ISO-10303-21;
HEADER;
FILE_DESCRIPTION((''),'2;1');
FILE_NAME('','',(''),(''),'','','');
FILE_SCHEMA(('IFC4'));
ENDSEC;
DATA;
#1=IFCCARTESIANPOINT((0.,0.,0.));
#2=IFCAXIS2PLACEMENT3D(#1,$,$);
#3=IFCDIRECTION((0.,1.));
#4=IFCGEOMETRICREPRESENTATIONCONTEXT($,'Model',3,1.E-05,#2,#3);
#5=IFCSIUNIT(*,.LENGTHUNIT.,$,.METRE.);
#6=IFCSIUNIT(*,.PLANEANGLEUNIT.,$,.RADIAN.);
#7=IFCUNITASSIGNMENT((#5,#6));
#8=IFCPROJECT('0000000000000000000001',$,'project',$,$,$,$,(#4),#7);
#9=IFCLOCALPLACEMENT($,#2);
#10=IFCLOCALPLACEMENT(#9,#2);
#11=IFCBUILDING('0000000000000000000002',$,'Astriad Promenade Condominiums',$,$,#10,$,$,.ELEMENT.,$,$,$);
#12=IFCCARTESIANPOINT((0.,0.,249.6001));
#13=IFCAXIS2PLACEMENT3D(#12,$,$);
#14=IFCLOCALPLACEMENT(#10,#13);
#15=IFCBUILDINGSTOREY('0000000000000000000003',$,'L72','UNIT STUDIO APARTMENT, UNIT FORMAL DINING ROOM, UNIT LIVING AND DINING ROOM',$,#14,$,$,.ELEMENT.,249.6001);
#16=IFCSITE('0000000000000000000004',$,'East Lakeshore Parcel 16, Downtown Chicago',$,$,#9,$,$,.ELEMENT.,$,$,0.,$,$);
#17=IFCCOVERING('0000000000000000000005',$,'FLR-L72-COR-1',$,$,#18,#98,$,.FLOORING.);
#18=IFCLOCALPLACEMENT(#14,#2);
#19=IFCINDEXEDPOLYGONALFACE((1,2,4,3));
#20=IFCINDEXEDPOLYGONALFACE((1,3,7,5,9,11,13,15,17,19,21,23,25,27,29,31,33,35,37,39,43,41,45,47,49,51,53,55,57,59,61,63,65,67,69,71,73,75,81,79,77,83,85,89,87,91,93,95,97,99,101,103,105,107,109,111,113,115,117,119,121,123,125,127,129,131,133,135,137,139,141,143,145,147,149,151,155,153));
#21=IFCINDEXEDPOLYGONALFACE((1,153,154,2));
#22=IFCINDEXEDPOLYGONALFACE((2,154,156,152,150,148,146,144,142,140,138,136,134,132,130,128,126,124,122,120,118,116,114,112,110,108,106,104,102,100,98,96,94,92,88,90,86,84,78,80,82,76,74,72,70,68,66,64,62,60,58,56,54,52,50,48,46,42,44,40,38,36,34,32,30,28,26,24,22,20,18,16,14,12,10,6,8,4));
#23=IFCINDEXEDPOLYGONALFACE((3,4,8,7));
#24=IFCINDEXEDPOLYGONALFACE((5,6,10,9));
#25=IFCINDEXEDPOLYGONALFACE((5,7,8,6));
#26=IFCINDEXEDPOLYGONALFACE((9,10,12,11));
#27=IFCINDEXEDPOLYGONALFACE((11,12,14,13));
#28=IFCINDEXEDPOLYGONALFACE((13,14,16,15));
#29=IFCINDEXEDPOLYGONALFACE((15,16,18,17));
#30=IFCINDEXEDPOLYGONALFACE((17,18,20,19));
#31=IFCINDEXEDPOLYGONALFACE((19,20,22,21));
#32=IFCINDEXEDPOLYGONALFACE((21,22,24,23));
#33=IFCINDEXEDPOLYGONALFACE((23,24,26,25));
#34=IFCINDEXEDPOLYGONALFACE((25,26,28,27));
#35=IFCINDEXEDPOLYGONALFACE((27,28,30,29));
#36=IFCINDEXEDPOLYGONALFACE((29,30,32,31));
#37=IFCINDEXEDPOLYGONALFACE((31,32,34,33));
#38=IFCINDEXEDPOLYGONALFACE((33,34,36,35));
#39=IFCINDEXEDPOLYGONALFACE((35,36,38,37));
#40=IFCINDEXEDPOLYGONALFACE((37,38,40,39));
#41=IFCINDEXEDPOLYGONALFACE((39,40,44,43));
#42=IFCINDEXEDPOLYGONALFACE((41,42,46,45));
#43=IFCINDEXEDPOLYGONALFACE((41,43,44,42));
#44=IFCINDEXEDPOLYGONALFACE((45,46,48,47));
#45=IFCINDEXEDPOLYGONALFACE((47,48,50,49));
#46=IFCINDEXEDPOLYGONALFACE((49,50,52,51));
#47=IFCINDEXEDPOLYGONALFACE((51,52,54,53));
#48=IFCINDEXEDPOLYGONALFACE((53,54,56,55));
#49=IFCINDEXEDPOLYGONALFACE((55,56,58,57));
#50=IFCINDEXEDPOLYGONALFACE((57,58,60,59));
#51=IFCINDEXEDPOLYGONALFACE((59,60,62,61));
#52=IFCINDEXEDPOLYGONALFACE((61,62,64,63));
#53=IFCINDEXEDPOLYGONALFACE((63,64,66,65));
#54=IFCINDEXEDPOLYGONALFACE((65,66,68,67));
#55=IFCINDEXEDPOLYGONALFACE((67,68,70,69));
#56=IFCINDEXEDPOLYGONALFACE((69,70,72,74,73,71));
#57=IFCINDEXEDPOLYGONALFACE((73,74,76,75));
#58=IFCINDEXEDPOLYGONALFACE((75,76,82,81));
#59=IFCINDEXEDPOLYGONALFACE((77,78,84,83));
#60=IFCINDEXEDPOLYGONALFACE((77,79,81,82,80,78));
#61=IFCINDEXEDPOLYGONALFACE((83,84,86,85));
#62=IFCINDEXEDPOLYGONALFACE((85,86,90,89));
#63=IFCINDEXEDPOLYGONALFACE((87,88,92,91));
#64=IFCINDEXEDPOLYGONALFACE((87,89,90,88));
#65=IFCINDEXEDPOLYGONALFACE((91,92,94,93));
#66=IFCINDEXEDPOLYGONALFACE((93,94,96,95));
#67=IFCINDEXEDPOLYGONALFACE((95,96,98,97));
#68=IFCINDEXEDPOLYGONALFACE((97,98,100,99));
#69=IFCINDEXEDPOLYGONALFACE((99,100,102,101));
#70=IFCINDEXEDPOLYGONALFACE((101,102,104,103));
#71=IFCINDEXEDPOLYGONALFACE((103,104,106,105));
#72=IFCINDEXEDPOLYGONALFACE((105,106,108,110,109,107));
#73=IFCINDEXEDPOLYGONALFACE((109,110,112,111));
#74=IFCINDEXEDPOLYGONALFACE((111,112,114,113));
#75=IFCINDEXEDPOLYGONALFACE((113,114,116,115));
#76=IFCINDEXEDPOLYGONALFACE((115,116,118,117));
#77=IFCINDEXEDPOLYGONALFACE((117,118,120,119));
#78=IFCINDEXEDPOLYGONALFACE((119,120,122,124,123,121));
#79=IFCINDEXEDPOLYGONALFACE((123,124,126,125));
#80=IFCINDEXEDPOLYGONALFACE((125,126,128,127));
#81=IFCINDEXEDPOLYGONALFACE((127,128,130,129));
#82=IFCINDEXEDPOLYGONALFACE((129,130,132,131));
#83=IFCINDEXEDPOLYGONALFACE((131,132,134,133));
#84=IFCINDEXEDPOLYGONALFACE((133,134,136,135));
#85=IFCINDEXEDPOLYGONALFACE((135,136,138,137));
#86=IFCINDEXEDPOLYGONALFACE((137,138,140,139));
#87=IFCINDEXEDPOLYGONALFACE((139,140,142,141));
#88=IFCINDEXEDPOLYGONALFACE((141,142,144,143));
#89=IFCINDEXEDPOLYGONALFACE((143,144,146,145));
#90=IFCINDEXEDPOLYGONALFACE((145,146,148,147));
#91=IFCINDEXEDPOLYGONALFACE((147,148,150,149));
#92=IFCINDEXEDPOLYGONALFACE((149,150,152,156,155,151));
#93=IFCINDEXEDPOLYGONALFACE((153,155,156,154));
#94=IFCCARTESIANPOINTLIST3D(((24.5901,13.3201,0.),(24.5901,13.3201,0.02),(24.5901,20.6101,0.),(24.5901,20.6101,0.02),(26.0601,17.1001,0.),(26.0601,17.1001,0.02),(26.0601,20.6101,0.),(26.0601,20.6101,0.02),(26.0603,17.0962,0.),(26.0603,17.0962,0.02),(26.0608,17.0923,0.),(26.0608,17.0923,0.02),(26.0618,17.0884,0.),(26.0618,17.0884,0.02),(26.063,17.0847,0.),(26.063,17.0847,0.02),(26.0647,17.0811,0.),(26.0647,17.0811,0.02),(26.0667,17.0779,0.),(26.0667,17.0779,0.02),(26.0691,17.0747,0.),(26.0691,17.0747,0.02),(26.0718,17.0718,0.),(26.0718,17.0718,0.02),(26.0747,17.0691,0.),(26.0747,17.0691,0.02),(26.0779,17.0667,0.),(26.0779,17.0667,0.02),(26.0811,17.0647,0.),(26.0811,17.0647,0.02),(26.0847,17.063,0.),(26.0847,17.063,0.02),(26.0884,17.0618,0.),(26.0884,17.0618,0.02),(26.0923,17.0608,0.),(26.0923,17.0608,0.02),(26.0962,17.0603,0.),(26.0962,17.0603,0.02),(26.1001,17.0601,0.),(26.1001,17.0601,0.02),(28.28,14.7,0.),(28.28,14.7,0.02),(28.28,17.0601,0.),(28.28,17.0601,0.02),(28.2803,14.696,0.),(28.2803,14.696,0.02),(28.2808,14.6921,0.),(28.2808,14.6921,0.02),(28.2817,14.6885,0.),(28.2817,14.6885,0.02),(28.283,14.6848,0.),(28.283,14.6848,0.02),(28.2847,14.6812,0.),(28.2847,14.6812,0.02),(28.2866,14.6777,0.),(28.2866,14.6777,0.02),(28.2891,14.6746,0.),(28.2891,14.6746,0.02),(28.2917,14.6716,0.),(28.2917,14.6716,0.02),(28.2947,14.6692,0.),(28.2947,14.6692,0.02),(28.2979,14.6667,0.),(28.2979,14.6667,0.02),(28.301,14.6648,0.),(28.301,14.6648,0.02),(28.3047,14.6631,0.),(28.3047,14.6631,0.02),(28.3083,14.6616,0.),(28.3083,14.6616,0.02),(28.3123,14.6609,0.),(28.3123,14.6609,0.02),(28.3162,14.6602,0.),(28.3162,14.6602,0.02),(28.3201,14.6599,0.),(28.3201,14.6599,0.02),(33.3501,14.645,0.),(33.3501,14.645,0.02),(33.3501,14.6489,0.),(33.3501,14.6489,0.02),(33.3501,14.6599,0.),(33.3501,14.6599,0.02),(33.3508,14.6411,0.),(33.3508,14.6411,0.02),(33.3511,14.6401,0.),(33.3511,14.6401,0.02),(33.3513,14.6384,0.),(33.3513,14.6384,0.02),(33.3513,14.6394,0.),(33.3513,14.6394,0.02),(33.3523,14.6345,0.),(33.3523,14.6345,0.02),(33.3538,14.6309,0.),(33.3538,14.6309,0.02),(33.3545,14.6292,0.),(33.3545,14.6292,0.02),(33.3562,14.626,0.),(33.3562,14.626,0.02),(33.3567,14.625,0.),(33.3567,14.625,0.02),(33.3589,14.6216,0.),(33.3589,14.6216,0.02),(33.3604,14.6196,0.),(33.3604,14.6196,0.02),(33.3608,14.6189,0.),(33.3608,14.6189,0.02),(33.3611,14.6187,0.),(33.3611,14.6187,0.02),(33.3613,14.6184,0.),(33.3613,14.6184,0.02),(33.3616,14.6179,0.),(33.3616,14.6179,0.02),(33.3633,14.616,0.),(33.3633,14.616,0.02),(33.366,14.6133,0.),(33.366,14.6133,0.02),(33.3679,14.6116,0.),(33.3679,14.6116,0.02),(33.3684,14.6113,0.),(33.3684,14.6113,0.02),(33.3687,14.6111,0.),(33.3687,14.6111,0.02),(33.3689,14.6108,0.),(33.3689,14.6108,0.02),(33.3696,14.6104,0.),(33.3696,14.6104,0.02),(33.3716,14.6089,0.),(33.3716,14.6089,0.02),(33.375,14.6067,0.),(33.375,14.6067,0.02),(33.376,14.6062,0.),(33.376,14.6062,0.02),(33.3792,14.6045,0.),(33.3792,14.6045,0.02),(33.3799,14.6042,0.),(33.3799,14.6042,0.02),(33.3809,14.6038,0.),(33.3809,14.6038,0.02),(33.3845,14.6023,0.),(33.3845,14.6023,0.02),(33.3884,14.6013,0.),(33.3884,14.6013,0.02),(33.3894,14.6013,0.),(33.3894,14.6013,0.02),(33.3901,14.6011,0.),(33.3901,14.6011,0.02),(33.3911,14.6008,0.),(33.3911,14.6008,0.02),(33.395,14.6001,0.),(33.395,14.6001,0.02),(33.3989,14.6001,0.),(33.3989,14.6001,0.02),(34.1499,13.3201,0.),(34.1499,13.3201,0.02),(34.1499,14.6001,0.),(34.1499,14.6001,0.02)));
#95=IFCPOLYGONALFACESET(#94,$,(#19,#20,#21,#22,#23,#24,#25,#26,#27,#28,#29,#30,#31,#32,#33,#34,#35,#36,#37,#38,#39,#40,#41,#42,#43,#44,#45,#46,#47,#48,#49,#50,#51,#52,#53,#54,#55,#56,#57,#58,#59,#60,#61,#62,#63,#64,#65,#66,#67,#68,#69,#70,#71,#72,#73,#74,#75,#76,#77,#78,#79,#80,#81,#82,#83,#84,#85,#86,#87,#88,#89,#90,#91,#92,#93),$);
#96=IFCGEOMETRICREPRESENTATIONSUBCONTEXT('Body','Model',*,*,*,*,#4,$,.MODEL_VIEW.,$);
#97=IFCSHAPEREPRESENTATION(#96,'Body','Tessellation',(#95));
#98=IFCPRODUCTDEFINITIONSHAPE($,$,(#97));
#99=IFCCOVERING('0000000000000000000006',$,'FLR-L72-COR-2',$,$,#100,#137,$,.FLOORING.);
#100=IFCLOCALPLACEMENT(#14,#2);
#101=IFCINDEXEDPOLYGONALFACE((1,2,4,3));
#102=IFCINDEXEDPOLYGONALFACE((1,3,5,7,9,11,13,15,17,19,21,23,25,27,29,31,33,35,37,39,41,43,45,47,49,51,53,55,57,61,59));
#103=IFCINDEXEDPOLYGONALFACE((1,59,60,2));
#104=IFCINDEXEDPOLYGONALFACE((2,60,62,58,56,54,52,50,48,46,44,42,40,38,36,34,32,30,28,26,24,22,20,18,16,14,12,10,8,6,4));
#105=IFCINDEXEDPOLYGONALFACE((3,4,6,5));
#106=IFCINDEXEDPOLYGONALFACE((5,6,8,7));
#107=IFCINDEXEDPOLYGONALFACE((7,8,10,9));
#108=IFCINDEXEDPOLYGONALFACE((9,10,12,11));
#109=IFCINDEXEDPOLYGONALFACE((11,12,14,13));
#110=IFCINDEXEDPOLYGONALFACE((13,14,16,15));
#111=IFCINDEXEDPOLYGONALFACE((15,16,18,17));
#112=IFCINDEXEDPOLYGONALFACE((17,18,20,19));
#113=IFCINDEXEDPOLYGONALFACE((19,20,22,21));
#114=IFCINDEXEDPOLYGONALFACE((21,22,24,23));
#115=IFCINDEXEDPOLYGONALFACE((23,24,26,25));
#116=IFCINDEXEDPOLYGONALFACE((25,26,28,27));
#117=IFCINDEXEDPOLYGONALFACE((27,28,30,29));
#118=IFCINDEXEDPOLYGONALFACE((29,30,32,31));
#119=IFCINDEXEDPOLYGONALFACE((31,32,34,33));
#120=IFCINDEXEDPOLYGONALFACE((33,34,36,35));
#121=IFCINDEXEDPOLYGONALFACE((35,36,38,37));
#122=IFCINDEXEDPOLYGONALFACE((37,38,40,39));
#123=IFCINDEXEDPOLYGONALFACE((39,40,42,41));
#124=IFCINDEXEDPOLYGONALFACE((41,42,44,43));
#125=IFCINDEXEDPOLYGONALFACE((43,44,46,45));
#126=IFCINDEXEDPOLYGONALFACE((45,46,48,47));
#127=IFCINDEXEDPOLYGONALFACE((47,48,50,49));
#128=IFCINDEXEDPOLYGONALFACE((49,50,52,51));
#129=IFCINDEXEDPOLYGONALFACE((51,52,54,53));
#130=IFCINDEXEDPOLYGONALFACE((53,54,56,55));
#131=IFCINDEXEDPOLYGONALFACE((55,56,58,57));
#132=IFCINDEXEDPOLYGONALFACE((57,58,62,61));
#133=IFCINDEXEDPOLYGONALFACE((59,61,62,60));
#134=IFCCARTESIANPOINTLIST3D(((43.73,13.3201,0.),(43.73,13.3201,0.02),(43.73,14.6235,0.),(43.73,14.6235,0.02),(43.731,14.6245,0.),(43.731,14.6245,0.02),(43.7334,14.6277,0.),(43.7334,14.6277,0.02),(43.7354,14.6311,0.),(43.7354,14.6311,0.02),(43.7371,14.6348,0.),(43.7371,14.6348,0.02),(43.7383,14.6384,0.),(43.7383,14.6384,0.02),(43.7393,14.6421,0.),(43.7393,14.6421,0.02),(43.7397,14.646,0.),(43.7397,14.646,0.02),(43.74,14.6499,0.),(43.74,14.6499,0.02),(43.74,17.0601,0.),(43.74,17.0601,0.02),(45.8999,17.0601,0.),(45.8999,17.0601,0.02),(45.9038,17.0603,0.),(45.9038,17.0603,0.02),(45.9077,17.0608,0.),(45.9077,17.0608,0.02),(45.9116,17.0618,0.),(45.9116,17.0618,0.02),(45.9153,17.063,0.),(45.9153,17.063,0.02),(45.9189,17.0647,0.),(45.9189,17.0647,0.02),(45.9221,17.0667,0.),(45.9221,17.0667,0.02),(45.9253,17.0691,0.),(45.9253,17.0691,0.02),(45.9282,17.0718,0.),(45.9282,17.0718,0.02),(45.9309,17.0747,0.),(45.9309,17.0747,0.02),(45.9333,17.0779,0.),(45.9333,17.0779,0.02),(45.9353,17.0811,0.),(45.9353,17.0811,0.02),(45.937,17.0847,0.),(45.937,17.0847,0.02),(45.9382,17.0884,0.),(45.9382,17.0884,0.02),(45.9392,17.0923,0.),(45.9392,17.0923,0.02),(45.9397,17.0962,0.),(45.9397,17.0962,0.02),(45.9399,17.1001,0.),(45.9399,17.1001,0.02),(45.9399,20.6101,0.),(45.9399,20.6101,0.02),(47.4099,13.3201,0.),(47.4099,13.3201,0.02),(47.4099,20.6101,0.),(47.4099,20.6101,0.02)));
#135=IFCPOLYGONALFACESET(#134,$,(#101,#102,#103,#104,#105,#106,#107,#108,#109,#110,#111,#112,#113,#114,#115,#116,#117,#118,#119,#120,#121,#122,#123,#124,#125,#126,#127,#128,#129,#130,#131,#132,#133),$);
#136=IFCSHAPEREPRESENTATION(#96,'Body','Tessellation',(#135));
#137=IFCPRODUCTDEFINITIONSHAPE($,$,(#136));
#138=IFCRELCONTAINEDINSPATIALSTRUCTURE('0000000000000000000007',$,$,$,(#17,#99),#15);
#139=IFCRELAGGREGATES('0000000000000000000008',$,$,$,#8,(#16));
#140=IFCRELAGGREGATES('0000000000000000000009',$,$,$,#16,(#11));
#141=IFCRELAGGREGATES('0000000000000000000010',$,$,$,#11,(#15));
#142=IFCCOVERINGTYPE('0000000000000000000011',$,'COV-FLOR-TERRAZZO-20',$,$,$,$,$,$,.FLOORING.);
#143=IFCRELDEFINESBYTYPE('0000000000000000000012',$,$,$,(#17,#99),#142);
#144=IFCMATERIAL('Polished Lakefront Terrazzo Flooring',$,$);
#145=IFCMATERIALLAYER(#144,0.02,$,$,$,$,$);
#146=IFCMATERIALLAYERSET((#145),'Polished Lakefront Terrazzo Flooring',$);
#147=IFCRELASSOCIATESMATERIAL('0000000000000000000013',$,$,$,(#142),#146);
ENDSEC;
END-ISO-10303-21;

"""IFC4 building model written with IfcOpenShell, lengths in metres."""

from ifc_helpers import new_model, si_unit, direction, frame, origin, place, context, subcontext, project, spatial, polyline, outline, extrude, material, layer, layer_set, type_object, element, save


model = new_model("IFC4")

# Units and contexts
model_context = context("Model", 3, precision=1e-05, world=origin(), true_north=direction((0.0, 1.0)))
body_context = subcontext(model_context, "Body", "Model", "MODEL_VIEW")
ifc_project = project(units=[si_unit("LENGTHUNIT", "METRE"), si_unit("PLANEANGLEUNIT", "RADIAN")], contexts=[model_context])

# Site, building, storey
site_placement = place(None, origin())
site = spatial("IfcSite", under=ifc_project, at=site_placement, Name="East Lakeshore Parcel 16, Downtown Chicago", CompositionType="ELEMENT", RefElevation=0.0)
building_placement = place(site_placement, origin())
building = spatial("IfcBuilding", under=site, at=building_placement, Name="Astriad Promenade Condominiums", CompositionType="ELEMENT")
storey_placement = place(building_placement, frame((0.0, 0.0, 249.6001)))
storey = spatial("IfcBuildingStorey", under=building, at=storey_placement, Name="L72", Description="UNIT STUDIO APARTMENT, UNIT FORMAL DINING ROOM, UNIT LIVING AND DINING ROOM", CompositionType="ELEMENT", Elevation=249.6001)

# Coverings
ifc_material_1 = material(Name="Polished Lakefront Terrazzo Flooring")
ifc_layer_1 = layer(ifc_material_1, 0.02)
ifc_layer_set_1 = layer_set([ifc_layer_1], Name="Polished Lakefront Terrazzo Flooring")
covering_type = type_object("IfcCoveringType", Name="COV-FLOR-TERRAZZO-20", PredefinedType="FLOORING", material=ifc_layer_set_1)
covering_1_placement = place(storey_placement, origin())
element("IfcCovering", 1, at=covering_1_placement, inside=storey, type_object=covering_type, Name="FLR-L72-COR-1", PredefinedType="FLOORING", context=body_context, shape_type="SweptSolid", body=[
    extrude(outline(polyline([(24.5901, 20.6101), (26.0601, 20.6101), (26.0601, 17.1001), (26.0603, 17.0962), (26.0608, 17.0923), (26.0618, 17.0884), (26.063, 17.0847), (26.0647, 17.0811), (26.0667, 17.0779), (26.0691, 17.0747), (26.0718, 17.0718), (26.0747, 17.0691), (26.0779, 17.0667), (26.0811, 17.0647), (26.0847, 17.063), (26.0884, 17.0618), (26.0923, 17.0608), (26.0962, 17.0603), (26.1001, 17.0601), (28.28, 17.0601), (28.28, 14.7), (28.2803, 14.696), (28.2808, 14.6921), (28.2817, 14.6885), (28.283, 14.6848), (28.2847, 14.6812), (28.2866, 14.6777), (28.2891, 14.6746), (28.2917, 14.6716), (28.2947, 14.6692), (28.2979, 14.6667), (28.301, 14.6648), (28.3047, 14.6631), (28.3083, 14.6616), (28.3123, 14.6609), (28.3162, 14.6602), (28.3201, 14.6599), (33.3501, 14.6599), (33.3501, 14.6489), (33.3501, 14.645), (33.3508, 14.6411), (33.3511, 14.6401), (33.3513, 14.6394), (33.3513, 14.6384), (33.3523, 14.6345), (33.3538, 14.6309), (33.3545, 14.6292), (33.3562, 14.626), (33.3567, 14.625), (33.3589, 14.6216), (33.3604, 14.6196), (33.3608, 14.6189), (33.3611, 14.6187), (33.3613, 14.6184), (33.3616, 14.6179), (33.3633, 14.616), (33.366, 14.6133), (33.3679, 14.6116), (33.3684, 14.6113), (33.3687, 14.6111), (33.3689, 14.6108), (33.3696, 14.6104), (33.3716, 14.6089), (33.375, 14.6067), (33.376, 14.6062), (33.3792, 14.6045), (33.3799, 14.6042), (33.3809, 14.6038), (33.3845, 14.6023), (33.3884, 14.6013), (33.3894, 14.6013), (33.3901, 14.6011), (33.3911, 14.6008), (33.395, 14.6001), (33.3989, 14.6001), (34.1499, 14.6001), (34.1499, 13.3201), (24.5901, 13.3201), (24.5901, 20.6101)])), origin(), (0.0, 0.0, 1.0), 0.02),
])
covering_2_placement = place(storey_placement, origin())
element("IfcCovering", 2, at=covering_2_placement, inside=storey, type_object=covering_type, Name="FLR-L72-COR-2", PredefinedType="FLOORING", context=body_context, shape_type="SweptSolid", body=[
    extrude(outline(polyline([(43.73, 14.6235), (43.731, 14.6245), (43.7334, 14.6277), (43.7354, 14.6311), (43.7371, 14.6348), (43.7383, 14.6384), (43.7393, 14.6421), (43.7397, 14.646), (43.74, 14.6499), (43.74, 17.0601), (45.8999, 17.0601), (45.9038, 17.0603), (45.9077, 17.0608), (45.9116, 17.0618), (45.9153, 17.063), (45.9189, 17.0647), (45.9221, 17.0667), (45.9253, 17.0691), (45.9282, 17.0718), (45.9309, 17.0747), (45.9333, 17.0779), (45.9353, 17.0811), (45.937, 17.0847), (45.9382, 17.0884), (45.9392, 17.0923), (45.9397, 17.0962), (45.9399, 17.1001), (45.9399, 20.6101), (47.4099, 20.6101), (47.4099, 13.3201), (43.73, 13.3201), (43.73, 14.6235)])), origin(), (0.0, 0.0, 1.0), 0.02),
])

save(model, "model.ifc")
